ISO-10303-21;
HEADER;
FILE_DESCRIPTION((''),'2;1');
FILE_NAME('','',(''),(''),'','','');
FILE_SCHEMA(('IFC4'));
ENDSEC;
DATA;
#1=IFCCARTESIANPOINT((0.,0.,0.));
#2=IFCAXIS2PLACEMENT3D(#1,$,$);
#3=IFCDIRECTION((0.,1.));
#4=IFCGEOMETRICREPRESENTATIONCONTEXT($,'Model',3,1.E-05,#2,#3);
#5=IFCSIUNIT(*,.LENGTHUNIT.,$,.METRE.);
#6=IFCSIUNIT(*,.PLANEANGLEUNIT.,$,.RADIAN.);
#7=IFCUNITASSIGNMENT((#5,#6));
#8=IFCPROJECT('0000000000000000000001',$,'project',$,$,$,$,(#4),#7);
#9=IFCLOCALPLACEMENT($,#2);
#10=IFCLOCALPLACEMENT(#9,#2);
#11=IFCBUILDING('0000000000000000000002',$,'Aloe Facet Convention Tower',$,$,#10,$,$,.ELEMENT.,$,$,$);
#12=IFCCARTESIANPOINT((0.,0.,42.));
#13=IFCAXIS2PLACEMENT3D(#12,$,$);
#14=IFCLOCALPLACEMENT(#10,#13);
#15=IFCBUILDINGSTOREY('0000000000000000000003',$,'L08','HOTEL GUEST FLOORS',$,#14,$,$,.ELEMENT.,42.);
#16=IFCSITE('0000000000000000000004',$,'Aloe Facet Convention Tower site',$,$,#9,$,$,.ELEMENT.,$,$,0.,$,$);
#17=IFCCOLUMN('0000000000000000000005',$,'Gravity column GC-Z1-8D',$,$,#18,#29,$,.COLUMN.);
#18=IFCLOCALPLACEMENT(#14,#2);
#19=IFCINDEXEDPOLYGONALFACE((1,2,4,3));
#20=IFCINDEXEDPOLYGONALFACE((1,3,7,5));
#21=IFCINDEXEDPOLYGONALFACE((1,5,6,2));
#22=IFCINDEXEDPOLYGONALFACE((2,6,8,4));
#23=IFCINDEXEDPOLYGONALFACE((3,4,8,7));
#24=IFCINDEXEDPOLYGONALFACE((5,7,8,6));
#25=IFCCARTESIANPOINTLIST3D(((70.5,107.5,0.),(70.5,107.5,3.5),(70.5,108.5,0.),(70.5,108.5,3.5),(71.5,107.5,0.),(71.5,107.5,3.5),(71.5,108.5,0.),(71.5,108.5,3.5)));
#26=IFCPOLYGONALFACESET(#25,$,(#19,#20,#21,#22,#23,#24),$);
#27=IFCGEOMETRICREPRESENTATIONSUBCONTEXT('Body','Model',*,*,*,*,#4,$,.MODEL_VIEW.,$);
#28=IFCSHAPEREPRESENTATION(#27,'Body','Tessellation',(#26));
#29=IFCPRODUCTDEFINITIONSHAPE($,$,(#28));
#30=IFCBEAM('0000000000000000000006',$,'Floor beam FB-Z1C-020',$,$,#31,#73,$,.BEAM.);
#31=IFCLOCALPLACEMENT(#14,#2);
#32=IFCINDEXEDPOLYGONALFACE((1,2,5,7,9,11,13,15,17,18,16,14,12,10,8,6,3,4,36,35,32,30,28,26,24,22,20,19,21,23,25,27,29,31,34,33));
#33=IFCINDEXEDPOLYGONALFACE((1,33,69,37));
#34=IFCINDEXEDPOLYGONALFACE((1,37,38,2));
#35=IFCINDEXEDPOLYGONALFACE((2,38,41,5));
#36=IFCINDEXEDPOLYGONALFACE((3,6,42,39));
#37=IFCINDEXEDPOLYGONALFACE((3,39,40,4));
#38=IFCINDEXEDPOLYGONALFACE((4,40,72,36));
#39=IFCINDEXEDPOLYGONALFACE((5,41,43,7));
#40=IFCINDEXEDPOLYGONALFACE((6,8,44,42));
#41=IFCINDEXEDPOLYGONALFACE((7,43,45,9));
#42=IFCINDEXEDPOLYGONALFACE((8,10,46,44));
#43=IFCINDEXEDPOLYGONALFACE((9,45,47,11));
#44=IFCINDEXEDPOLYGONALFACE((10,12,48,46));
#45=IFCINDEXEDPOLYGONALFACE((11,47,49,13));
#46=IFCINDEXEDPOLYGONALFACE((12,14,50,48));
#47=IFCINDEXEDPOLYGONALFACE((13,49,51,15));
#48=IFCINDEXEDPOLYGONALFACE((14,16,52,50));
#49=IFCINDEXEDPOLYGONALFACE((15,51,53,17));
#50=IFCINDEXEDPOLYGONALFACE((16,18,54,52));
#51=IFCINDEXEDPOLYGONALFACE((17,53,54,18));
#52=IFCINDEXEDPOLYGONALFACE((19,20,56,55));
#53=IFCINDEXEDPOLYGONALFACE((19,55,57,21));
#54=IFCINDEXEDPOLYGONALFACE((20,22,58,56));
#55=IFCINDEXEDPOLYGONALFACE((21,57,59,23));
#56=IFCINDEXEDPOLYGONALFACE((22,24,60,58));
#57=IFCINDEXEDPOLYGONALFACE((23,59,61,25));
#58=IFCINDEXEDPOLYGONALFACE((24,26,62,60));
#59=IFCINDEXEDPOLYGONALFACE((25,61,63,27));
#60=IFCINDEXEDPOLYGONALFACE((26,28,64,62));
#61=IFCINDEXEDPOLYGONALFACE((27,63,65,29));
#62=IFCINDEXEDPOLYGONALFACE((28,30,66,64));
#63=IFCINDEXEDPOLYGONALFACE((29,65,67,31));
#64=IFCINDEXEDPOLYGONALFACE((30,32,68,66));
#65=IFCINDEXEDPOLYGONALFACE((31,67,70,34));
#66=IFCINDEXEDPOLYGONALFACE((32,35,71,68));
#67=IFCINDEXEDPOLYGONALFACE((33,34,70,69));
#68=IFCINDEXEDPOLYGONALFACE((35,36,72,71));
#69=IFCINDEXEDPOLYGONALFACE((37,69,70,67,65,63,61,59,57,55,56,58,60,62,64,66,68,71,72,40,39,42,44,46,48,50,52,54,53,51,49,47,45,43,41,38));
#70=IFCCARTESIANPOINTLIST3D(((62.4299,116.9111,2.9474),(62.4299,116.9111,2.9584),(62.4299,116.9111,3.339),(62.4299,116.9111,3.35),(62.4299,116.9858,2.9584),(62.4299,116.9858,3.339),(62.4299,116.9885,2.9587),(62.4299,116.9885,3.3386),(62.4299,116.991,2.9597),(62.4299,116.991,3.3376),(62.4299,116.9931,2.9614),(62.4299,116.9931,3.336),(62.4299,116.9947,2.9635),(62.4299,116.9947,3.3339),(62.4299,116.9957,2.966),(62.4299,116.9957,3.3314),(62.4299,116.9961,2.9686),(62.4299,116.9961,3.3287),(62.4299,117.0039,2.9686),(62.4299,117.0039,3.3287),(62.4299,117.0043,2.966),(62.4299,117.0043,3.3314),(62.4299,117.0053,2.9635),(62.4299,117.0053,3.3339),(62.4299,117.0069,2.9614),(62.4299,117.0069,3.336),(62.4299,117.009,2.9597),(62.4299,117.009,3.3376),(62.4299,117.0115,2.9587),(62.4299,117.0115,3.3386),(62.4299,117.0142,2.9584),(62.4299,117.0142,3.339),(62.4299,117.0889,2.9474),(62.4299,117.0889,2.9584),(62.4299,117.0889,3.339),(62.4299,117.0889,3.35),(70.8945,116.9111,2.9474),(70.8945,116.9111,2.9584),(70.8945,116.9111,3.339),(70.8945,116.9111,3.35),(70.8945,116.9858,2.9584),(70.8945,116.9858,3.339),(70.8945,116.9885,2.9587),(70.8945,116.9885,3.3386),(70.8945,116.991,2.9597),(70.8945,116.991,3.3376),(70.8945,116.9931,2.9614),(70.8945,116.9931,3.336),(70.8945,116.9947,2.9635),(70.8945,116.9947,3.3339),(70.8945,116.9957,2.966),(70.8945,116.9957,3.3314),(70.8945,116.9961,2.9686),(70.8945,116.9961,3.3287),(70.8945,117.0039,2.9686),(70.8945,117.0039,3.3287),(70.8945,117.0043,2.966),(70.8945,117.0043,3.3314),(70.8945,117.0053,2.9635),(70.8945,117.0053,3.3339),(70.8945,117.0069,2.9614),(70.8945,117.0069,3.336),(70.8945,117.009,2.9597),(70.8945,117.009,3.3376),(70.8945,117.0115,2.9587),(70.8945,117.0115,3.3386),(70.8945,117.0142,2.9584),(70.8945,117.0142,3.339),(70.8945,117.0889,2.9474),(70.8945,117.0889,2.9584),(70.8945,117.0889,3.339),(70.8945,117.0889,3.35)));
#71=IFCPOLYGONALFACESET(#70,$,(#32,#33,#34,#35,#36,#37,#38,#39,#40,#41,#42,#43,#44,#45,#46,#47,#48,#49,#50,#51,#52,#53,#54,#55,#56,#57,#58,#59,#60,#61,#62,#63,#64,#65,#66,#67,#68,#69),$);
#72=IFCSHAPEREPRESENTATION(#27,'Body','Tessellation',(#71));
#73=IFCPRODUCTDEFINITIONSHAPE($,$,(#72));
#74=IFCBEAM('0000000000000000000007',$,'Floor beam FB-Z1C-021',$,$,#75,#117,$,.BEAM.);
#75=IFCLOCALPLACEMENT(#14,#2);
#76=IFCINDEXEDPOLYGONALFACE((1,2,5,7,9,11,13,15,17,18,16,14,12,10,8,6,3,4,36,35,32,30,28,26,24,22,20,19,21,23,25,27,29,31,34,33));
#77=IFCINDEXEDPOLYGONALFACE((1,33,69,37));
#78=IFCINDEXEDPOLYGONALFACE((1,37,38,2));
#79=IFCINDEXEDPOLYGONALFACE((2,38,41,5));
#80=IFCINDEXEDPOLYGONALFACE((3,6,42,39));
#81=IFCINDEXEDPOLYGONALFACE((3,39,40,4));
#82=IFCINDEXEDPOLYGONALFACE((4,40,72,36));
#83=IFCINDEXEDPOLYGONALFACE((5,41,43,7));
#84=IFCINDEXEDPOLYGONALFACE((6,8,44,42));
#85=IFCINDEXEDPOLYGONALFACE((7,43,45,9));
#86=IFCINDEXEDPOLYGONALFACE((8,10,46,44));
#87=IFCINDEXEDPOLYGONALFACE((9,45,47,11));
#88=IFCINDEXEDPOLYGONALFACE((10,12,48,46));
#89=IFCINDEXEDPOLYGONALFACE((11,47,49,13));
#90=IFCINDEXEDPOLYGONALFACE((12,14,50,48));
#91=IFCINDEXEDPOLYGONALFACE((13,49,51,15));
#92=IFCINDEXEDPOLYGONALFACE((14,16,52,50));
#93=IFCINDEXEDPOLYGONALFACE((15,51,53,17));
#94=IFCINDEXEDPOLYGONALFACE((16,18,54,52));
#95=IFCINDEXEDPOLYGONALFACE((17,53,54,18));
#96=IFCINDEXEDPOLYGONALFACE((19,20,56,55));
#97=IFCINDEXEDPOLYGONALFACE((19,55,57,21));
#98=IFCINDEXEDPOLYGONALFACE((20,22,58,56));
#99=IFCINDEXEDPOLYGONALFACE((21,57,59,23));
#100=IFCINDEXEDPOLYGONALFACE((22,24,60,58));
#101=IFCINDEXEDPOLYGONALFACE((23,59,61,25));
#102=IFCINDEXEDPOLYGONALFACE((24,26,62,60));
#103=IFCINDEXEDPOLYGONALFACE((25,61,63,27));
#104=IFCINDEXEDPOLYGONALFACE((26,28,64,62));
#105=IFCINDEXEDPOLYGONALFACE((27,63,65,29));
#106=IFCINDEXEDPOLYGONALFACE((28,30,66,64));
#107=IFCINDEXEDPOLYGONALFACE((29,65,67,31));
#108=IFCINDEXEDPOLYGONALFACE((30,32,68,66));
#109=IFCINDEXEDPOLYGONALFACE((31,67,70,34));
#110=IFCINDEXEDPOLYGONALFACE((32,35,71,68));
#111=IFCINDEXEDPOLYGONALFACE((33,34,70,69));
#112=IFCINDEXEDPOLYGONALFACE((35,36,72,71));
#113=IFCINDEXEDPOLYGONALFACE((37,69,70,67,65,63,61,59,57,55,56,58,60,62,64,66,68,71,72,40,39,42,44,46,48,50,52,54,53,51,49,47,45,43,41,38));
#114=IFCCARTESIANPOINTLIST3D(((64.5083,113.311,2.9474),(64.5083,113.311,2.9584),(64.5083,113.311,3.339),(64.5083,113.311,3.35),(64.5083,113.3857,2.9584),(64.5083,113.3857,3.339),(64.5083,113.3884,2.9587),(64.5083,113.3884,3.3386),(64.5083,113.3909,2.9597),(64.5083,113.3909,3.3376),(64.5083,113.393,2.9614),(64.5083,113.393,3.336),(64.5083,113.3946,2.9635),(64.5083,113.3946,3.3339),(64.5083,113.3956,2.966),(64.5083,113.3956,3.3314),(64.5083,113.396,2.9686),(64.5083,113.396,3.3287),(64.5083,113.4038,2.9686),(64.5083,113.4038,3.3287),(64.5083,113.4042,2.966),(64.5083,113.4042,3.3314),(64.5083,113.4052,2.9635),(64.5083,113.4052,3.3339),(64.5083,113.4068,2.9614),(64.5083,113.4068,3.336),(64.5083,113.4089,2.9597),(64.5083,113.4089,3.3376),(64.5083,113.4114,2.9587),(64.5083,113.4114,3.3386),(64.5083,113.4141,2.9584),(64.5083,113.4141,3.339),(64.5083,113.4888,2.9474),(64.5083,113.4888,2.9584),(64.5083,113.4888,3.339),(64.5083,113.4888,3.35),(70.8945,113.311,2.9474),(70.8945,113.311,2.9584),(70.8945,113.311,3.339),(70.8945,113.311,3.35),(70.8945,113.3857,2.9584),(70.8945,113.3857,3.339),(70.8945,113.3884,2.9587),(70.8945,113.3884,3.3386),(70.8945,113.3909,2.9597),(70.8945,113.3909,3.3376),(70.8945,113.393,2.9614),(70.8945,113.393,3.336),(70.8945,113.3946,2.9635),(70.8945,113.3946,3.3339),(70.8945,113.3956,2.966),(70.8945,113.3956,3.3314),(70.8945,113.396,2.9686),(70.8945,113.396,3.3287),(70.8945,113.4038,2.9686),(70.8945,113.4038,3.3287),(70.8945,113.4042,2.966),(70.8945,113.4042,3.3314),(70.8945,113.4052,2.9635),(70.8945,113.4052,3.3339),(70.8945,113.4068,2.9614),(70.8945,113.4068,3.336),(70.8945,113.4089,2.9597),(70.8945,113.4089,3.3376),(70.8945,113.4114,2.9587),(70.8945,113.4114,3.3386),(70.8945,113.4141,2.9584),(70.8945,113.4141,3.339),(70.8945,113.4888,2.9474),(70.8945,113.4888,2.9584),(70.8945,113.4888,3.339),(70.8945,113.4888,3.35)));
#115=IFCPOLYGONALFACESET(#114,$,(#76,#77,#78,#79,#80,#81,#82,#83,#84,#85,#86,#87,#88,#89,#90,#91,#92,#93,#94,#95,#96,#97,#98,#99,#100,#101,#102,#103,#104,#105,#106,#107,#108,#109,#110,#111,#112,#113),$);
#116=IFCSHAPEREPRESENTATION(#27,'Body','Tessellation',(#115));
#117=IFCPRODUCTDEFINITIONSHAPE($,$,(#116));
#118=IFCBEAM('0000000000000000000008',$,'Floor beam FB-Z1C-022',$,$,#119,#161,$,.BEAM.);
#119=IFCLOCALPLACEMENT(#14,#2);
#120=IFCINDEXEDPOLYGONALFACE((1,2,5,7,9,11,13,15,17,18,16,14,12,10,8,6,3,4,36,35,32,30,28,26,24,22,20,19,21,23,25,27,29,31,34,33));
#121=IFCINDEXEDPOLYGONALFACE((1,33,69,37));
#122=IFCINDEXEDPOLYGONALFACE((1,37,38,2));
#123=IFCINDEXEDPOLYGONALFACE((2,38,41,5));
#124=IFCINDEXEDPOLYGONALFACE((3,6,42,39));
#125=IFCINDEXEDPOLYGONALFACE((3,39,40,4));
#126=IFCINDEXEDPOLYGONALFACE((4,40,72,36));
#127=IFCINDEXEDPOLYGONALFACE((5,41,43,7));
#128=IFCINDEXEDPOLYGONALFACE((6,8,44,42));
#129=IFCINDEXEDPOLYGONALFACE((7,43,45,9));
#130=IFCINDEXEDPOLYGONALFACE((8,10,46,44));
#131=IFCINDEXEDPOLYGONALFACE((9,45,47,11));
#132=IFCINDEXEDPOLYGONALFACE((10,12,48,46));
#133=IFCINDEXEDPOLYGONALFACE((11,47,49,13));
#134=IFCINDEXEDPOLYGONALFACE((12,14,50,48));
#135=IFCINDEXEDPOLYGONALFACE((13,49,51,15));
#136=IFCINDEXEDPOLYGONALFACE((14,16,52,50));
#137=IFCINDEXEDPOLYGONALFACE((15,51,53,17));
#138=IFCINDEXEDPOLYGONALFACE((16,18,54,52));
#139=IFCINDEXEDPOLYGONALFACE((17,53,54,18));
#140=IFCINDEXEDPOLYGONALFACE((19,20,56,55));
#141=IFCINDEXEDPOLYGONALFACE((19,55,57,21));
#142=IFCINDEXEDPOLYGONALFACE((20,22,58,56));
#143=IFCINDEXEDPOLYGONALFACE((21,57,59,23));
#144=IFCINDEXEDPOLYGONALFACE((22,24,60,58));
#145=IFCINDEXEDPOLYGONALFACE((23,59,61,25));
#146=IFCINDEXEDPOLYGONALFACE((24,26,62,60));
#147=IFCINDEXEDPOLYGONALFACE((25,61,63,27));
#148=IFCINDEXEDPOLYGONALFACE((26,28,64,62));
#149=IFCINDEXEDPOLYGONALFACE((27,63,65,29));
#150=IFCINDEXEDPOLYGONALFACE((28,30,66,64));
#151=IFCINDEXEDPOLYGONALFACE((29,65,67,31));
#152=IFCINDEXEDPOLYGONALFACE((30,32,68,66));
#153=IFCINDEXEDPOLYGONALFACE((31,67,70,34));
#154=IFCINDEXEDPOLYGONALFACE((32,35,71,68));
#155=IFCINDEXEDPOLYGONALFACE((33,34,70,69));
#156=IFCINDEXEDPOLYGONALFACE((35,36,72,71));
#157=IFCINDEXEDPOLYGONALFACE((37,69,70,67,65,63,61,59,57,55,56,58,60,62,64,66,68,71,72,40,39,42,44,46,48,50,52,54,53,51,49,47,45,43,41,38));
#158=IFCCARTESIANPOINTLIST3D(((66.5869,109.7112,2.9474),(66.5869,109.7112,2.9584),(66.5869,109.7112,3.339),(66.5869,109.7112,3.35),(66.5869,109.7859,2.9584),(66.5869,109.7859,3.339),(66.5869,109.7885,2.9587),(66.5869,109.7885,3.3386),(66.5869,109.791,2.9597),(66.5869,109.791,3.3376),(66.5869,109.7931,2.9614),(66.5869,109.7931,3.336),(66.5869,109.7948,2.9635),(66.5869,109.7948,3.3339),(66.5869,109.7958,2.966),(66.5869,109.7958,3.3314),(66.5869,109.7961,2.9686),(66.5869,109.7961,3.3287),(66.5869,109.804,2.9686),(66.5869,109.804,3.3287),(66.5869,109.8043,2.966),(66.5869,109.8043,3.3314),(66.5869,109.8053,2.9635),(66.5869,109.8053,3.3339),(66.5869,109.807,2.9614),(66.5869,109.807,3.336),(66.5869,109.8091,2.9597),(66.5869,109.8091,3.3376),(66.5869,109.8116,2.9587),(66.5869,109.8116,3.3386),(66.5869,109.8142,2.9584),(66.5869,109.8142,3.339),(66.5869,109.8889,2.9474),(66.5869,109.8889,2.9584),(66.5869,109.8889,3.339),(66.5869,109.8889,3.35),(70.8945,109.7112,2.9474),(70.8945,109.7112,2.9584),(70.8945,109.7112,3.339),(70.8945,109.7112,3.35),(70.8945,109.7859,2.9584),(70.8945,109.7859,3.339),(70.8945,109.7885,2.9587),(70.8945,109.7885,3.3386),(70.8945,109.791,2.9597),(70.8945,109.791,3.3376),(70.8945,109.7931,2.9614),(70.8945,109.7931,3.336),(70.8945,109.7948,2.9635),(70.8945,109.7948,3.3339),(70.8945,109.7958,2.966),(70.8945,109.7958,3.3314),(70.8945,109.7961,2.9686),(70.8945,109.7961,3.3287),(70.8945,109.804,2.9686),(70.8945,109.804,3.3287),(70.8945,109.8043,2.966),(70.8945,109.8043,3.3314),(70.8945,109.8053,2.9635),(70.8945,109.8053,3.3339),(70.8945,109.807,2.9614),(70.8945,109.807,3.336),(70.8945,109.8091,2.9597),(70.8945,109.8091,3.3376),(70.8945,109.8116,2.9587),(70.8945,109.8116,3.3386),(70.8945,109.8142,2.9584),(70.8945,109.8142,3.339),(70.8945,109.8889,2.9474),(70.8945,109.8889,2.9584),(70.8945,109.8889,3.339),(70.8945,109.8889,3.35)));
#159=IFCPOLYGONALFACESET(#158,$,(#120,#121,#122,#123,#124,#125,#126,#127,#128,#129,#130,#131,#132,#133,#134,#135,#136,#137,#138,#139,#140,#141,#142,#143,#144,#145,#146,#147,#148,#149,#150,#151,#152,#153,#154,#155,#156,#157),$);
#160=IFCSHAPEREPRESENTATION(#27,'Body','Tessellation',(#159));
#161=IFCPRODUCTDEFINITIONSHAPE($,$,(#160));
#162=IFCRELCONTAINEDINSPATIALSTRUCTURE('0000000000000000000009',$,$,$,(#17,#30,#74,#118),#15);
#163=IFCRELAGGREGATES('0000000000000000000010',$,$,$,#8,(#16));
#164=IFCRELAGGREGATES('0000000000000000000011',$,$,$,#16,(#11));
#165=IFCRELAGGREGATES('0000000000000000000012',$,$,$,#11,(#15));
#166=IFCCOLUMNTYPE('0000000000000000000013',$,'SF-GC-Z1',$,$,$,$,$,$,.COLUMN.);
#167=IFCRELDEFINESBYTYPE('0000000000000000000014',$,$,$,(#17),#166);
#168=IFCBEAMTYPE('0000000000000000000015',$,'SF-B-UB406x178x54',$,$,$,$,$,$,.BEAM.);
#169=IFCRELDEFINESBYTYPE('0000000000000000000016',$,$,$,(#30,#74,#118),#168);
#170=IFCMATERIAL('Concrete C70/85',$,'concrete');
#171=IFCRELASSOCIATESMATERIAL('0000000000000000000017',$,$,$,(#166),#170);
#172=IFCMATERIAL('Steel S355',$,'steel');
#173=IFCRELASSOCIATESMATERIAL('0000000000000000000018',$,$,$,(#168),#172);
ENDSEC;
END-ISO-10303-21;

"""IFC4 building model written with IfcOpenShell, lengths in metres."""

from ifc_helpers import new_model, si_unit, direction, frame, origin, origin_2d, place, context, subcontext, project, spatial, rectangle, i_section, extrude, material, material_profile, profile_set, type_object, element, save


model = new_model("IFC4")

# Units and contexts
model_context = context("Model", 3, precision=1e-05, world=origin(), true_north=direction((0.0, 1.0)))
body_context = subcontext(model_context, "Body", "Model", "MODEL_VIEW")
ifc_project = project(units=[si_unit("LENGTHUNIT", "METRE"), si_unit("PLANEANGLEUNIT", "RADIAN")], contexts=[model_context])

# Site, building, storey
site_placement = place(None, origin())
site = spatial("IfcSite", under=ifc_project, at=site_placement, Name="Aloe Facet Convention Tower site", CompositionType="ELEMENT", RefElevation=0.0)
building_placement = place(site_placement, origin())
building = spatial("IfcBuilding", under=site, at=building_placement, Name="Aloe Facet Convention Tower", CompositionType="ELEMENT")
storey_placement = place(building_placement, frame((0.0, 0.0, 42.0)))
storey = spatial("IfcBuildingStorey", under=building, at=storey_placement, Name="L08", Description="HOTEL GUEST FLOORS", CompositionType="ELEMENT", Elevation=42.0)

# Column
ifc_material_1 = material(Name="Concrete C70/85", Category="concrete")
ifc_material_profile_1 = material_profile(ifc_material_1, rectangle(XDim=1.0, YDim=1.0, at=origin_2d()), Name="SF-GC-Z1")
ifc_profile_set_1 = profile_set([ifc_material_profile_1], Name="Concrete C70/85")
column_type = type_object("IfcColumnType", Name="SF-GC-Z1", PredefinedType="COLUMN", material=ifc_profile_set_1)
column_placement = place(storey_placement, frame((71.0, 108.0, 0.0), z_axis=(0.0, 0.0, 1.0), x_axis=(1.0, 0.0, 0.0)))
element("IfcColumn", 1, at=column_placement, inside=storey, type_object=column_type, Name="Gravity column GC-Z1-8D", PredefinedType="COLUMN", context=body_context, shape_type="SweptSolid", body=[
    extrude(rectangle(XDim=1.0, YDim=1.0, at=origin_2d()), origin(), (0.0, 0.0, 1.0), 3.5),
])

# Beams
ifc_material_2 = material(Name="Steel S355", Category="steel")
ifc_material_profile_2 = material_profile(ifc_material_2, i_section(OverallWidth=0.1777, OverallDepth=0.4026, WebThickness=0.0078, FlangeThickness=0.011, FilletRadius=0.0103, at=origin_2d()), Name="UB 406x178x54")
ifc_profile_set_2 = profile_set([ifc_material_profile_2], Name="Steel S355")
beam_type = type_object("IfcBeamType", Name="SF-B-UB406x178x54", PredefinedType="BEAM", material=ifc_profile_set_2)
beam_1_placement = place(storey_placement, frame((62.4299, 117.0, 3.1487), z_axis=(1.0, 0.0, 0.0), x_axis=(0.0, 1.0, 0.0)))
element("IfcBeam", 2, at=beam_1_placement, inside=storey, type_object=beam_type, Name="Floor beam FB-Z1C-020", PredefinedType="BEAM", context=body_context, shape_type="SweptSolid", body=[
    extrude(i_section(OverallWidth=0.1777, OverallDepth=0.4026, WebThickness=0.0078, FlangeThickness=0.011, FilletRadius=0.0103, at=origin_2d()), origin(), (0.0, 0.0, 1.0), 8.4646),
])
beam_2_placement = place(storey_placement, frame((64.5083, 113.3999, 3.1487), z_axis=(1.0, 0.0, 0.0), x_axis=(0.0, 1.0, 0.0)))
element("IfcBeam", 3, at=beam_2_placement, inside=storey, type_object=beam_type, Name="Floor beam FB-Z1C-021", PredefinedType="BEAM", context=body_context, shape_type="SweptSolid", body=[
    extrude(i_section(OverallWidth=0.1777, OverallDepth=0.4026, WebThickness=0.0078, FlangeThickness=0.011, FilletRadius=0.0103, at=origin_2d()), origin(), (0.0, 0.0, 1.0), 6.3862),
])
beam_3_placement = place(storey_placement, frame((66.5869, 109.8, 3.1487), z_axis=(1.0, 0.0, 0.0), x_axis=(0.0, 1.0, 0.0)))
element("IfcBeam", 4, at=beam_3_placement, inside=storey, type_object=beam_type, Name="Floor beam FB-Z1C-022", PredefinedType="BEAM", context=body_context, shape_type="SweptSolid", body=[
    extrude(i_section(OverallWidth=0.1777, OverallDepth=0.4026, WebThickness=0.0078, FlangeThickness=0.011, FilletRadius=0.0103, at=origin_2d()), origin(), (0.0, 0.0, 1.0), 4.3076),
])

save(model, "model.ifc")
